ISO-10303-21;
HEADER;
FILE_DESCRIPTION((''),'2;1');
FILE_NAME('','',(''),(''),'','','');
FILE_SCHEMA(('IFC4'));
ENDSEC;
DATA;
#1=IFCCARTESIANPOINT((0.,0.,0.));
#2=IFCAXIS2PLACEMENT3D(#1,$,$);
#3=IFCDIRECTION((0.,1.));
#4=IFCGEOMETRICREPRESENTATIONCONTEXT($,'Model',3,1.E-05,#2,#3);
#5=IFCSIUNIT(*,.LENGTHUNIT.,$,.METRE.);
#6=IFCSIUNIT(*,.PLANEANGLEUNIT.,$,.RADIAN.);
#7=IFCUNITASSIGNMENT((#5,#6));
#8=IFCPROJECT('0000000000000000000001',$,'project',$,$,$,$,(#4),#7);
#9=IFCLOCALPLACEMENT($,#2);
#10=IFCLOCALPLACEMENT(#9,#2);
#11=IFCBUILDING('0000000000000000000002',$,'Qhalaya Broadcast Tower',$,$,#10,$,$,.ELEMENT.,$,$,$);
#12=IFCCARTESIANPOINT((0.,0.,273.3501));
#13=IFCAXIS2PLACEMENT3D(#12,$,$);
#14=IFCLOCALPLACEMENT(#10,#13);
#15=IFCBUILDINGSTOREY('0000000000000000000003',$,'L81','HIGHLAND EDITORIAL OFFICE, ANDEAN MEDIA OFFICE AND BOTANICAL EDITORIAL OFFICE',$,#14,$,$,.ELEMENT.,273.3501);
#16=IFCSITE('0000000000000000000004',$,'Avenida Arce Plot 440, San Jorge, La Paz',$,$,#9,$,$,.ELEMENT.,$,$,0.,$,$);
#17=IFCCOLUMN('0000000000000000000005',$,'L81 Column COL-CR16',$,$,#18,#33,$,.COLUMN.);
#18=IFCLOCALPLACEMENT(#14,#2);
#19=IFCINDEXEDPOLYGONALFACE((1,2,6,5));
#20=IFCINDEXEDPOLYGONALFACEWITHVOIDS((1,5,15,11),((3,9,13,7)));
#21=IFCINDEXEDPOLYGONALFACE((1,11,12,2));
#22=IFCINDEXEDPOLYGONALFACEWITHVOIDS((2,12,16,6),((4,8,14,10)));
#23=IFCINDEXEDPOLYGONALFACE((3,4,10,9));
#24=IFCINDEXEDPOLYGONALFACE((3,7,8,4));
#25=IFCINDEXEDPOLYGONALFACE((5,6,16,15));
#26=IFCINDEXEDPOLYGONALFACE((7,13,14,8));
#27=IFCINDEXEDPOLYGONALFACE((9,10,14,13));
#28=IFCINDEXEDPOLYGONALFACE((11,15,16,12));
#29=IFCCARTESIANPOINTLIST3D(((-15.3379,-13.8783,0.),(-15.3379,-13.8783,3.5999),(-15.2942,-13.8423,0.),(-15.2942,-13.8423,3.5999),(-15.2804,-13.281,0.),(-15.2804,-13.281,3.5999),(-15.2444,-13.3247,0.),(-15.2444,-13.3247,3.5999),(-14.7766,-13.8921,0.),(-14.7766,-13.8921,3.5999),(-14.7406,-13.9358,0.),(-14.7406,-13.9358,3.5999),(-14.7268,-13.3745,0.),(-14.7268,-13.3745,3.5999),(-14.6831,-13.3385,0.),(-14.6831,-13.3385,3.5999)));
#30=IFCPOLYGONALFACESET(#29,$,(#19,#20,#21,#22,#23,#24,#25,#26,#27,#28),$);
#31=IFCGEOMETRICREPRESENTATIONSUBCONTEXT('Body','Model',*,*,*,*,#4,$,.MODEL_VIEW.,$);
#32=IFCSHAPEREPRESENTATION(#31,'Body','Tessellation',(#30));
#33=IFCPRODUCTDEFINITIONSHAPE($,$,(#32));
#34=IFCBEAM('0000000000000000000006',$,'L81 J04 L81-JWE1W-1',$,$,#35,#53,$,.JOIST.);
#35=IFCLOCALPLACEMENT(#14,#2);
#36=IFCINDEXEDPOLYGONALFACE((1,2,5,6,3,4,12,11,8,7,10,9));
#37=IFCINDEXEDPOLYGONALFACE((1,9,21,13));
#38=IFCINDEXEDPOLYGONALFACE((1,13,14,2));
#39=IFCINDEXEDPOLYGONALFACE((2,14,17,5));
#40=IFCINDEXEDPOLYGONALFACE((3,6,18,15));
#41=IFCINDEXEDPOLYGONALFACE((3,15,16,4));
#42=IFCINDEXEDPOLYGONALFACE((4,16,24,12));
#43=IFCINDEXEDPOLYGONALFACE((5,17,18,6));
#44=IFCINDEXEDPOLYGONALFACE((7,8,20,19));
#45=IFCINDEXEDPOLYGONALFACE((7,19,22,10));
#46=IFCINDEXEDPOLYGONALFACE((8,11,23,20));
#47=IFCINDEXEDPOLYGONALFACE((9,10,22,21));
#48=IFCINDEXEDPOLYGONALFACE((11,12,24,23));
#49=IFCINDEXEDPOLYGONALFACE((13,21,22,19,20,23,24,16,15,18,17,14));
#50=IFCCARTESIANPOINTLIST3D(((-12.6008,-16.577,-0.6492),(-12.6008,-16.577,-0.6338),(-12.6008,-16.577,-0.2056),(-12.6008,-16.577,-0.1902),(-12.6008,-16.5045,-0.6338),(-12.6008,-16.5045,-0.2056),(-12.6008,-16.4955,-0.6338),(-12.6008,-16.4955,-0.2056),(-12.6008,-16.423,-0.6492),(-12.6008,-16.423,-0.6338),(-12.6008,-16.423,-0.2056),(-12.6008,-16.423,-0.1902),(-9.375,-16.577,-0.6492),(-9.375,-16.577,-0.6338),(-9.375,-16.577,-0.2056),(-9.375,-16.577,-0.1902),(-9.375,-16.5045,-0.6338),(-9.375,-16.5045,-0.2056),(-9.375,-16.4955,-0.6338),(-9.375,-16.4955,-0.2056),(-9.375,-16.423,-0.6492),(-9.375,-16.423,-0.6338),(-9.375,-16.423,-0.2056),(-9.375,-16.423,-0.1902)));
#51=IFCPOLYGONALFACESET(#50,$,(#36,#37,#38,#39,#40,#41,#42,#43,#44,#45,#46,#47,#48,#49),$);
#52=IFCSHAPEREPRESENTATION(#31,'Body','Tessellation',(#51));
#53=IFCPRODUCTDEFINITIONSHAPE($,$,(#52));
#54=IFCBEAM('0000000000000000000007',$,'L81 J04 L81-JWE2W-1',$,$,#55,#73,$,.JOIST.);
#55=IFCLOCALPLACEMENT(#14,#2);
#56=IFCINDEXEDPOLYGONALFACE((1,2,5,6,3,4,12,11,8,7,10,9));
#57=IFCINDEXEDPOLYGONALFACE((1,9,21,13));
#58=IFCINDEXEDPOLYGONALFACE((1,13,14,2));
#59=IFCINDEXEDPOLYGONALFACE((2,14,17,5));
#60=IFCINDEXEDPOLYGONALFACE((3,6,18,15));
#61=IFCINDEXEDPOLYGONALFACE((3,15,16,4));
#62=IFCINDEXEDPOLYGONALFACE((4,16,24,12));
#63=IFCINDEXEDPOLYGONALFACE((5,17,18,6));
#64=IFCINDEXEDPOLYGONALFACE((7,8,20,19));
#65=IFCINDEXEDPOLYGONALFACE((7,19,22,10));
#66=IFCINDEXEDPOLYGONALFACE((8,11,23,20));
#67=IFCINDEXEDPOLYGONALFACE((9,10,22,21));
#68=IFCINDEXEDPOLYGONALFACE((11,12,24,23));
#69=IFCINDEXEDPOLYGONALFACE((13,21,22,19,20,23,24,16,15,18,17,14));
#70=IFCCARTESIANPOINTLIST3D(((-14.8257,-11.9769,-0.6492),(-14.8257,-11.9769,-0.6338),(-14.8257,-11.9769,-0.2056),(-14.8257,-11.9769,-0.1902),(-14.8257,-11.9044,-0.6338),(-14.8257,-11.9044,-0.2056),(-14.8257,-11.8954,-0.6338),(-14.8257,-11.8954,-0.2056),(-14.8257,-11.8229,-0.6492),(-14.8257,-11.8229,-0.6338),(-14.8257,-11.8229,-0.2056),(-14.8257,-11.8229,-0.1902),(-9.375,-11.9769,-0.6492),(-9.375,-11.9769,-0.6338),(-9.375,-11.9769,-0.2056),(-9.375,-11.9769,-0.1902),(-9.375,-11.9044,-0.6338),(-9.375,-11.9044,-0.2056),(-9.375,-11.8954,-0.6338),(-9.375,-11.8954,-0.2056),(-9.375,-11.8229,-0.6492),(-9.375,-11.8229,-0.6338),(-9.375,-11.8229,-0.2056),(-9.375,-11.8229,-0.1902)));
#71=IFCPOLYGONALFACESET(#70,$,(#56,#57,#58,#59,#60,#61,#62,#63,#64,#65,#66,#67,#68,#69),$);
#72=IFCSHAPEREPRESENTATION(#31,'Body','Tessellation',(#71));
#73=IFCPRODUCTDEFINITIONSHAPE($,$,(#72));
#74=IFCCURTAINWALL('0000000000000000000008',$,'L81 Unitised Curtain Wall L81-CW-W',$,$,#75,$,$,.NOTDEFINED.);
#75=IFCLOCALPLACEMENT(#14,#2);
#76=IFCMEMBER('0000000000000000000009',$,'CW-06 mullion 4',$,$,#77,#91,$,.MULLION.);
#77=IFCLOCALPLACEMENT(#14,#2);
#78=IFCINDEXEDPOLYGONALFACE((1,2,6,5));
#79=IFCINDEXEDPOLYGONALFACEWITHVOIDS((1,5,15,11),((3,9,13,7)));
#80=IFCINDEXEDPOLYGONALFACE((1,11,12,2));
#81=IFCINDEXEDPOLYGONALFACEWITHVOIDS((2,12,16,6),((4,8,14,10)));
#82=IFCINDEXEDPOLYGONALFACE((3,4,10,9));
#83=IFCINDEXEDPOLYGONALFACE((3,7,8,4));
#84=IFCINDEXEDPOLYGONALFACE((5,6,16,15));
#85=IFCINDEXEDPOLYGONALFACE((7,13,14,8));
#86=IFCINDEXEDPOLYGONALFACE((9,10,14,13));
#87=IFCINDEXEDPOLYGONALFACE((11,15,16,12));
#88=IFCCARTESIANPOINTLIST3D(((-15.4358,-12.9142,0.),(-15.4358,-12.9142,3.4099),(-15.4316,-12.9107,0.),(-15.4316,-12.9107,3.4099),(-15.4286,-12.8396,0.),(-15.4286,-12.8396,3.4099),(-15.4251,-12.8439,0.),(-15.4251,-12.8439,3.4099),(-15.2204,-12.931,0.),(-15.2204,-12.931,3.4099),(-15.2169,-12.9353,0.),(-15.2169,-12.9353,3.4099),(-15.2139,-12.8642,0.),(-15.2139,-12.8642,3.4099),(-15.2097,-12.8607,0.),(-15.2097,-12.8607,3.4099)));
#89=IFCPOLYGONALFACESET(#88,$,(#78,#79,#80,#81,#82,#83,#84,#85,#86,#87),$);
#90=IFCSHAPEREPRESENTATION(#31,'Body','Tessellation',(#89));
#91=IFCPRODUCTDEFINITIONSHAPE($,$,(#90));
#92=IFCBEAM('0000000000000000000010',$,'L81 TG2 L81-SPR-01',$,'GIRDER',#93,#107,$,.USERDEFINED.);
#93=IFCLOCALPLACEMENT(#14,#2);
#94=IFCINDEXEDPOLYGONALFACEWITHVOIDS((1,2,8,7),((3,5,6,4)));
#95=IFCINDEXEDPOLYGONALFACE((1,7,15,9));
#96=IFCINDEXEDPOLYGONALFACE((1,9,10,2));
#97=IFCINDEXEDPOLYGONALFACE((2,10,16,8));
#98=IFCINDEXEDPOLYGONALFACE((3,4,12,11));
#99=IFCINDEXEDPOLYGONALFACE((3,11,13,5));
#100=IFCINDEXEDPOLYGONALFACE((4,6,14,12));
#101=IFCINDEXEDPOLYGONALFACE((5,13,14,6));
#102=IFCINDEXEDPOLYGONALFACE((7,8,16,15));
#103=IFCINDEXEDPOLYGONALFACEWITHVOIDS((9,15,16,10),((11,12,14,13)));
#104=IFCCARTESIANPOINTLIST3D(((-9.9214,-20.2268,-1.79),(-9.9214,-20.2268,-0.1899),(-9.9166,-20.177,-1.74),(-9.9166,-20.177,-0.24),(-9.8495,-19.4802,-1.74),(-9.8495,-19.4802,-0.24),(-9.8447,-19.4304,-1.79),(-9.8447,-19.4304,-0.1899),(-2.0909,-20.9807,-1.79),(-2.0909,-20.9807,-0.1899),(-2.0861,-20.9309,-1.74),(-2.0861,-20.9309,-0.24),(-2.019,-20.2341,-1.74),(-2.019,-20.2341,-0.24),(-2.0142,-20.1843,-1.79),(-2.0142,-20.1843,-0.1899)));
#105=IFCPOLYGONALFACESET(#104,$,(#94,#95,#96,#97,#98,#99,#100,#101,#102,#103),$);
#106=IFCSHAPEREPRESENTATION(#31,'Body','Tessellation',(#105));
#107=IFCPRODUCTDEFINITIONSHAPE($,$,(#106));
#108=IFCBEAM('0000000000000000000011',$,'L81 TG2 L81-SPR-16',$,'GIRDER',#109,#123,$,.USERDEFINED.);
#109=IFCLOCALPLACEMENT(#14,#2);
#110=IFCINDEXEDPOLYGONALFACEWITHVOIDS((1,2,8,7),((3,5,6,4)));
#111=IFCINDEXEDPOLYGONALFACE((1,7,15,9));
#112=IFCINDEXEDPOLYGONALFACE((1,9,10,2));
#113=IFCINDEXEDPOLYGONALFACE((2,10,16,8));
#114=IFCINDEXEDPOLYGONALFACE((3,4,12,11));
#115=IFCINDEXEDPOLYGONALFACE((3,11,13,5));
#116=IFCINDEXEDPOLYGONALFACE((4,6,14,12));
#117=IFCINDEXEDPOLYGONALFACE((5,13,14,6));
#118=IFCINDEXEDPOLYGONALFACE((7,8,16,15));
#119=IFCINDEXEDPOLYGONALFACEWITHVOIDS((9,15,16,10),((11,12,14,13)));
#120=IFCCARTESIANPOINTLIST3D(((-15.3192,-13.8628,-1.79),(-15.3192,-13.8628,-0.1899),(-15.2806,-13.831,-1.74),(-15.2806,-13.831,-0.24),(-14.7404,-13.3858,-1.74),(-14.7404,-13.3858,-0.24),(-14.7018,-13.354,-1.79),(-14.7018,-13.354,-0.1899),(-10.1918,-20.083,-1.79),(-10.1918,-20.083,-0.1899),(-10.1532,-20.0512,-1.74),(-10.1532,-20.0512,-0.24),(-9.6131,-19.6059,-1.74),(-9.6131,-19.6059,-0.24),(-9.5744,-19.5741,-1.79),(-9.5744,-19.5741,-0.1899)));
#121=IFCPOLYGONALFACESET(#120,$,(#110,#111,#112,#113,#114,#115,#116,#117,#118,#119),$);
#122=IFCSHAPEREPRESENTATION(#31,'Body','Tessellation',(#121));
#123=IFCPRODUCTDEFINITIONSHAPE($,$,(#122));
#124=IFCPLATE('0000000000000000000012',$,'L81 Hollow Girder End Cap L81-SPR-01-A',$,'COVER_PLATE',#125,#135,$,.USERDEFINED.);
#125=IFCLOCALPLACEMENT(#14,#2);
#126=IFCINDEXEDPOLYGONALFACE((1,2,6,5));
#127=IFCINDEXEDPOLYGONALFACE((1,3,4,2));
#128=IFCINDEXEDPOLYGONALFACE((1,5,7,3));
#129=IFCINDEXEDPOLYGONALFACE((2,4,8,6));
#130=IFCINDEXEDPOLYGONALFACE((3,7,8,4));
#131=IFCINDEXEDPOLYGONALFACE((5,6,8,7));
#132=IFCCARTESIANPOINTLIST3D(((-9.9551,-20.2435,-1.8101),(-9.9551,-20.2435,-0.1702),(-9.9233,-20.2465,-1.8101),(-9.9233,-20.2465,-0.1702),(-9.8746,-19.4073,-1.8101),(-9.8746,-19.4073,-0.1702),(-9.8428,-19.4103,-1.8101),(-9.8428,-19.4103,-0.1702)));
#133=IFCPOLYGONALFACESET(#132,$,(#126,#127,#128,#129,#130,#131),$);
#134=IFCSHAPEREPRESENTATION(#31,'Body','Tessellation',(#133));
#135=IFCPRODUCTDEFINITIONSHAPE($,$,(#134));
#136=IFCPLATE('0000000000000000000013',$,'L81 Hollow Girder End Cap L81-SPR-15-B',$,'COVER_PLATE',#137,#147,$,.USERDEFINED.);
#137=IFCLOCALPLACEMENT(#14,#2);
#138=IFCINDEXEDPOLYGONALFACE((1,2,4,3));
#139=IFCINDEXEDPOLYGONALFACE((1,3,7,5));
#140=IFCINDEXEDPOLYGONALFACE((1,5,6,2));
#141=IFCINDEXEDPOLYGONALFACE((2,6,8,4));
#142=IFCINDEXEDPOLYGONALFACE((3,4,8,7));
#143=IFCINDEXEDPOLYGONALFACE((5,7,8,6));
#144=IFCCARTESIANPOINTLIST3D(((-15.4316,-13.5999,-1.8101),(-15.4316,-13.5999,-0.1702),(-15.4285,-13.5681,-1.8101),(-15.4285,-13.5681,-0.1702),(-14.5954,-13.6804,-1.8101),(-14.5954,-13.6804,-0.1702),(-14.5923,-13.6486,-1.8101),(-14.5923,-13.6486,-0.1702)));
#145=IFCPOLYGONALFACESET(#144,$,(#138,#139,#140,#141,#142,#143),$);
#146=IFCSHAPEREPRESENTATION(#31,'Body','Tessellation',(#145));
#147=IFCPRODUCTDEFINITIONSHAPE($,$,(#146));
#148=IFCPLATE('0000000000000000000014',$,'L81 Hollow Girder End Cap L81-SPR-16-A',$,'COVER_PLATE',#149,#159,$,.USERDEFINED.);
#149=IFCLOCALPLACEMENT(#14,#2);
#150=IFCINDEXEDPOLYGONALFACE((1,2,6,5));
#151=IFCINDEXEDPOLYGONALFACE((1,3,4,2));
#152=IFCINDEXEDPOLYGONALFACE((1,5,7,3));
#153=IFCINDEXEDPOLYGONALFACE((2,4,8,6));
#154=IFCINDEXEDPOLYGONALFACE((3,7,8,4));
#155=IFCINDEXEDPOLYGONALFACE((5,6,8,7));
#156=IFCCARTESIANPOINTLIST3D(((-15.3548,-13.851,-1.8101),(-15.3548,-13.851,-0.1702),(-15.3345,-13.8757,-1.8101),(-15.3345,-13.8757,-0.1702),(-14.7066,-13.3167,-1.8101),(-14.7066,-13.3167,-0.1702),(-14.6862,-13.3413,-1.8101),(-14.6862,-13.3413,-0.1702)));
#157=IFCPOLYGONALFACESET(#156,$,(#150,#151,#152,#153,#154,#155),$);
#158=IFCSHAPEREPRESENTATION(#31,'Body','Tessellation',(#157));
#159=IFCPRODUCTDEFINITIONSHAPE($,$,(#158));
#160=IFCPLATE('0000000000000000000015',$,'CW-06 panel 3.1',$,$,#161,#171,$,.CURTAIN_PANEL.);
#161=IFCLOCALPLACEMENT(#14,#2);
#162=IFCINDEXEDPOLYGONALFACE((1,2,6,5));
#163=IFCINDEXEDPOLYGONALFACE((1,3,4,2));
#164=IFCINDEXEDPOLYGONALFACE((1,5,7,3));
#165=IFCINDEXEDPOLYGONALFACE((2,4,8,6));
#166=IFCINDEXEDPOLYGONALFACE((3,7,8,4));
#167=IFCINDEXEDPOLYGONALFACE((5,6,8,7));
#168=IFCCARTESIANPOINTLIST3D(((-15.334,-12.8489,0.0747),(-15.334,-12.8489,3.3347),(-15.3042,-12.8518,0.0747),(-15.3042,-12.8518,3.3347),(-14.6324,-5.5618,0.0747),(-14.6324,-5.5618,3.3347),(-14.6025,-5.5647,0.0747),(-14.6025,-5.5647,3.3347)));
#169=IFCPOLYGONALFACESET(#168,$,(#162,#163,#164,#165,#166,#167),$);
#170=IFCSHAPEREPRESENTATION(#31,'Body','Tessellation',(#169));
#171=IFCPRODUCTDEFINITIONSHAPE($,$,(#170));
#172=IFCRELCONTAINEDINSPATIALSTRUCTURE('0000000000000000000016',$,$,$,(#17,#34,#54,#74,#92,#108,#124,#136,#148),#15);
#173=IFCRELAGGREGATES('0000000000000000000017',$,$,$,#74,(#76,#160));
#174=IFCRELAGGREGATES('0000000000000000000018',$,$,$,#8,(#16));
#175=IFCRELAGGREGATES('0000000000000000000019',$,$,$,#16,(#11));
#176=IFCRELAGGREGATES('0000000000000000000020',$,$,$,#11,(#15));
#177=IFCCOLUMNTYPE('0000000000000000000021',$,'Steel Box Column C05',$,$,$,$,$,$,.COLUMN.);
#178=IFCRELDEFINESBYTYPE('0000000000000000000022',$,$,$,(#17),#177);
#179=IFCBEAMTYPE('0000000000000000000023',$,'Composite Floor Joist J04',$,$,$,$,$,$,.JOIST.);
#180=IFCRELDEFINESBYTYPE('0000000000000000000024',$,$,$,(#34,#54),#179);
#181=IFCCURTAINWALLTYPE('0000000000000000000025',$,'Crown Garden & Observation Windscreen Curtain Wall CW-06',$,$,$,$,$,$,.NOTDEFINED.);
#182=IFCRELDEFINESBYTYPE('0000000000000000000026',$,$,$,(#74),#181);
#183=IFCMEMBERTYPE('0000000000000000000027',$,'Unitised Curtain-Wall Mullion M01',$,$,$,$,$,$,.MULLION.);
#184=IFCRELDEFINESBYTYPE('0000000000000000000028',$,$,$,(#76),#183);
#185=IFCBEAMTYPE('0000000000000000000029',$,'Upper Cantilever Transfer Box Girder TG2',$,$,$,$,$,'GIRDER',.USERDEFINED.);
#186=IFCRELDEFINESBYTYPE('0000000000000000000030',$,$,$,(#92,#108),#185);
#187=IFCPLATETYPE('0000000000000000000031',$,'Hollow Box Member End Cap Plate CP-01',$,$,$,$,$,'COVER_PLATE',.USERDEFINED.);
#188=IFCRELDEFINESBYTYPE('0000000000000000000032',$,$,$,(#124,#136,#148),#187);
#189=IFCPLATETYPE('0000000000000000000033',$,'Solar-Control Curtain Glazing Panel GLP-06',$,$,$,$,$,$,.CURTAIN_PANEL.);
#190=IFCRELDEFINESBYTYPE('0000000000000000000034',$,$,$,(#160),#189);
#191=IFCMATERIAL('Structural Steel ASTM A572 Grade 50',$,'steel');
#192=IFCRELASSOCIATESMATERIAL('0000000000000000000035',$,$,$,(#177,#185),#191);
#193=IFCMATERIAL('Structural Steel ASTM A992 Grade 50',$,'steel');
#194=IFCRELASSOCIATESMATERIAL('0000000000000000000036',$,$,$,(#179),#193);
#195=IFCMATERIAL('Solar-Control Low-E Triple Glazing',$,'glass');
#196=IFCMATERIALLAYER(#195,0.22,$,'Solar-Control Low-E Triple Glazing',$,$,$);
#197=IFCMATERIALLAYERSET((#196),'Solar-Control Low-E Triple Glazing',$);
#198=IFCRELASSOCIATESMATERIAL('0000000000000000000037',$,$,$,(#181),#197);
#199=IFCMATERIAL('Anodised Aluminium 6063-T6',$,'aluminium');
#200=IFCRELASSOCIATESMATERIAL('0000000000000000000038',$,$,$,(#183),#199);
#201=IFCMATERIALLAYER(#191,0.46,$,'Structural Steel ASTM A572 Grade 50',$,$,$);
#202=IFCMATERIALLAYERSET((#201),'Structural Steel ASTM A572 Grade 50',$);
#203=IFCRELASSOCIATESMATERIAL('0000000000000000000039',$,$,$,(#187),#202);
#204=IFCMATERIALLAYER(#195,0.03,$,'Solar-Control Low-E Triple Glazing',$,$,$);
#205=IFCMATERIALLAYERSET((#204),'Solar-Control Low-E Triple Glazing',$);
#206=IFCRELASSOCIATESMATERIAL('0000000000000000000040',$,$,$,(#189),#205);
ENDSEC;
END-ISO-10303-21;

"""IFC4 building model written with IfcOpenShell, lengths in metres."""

from ifc_helpers import new_model, si_unit, direction, frame, origin, origin_2d, place, context, subcontext, project, spatial, rectangle, hollow_rectangle, i_section, extrude, material, layer, layer_set, material_profile, profile_set, type_object, element, aggregate, save


model = new_model("IFC4")

# Units and contexts
model_context = context("Model", 3, precision=1e-05, world=origin(), true_north=direction((0.0, 1.0)))
body_context = subcontext(model_context, "Body", "Model", "MODEL_VIEW")
ifc_project = project(units=[si_unit("LENGTHUNIT", "METRE"), si_unit("PLANEANGLEUNIT", "RADIAN")], contexts=[model_context])

# Site, building, storey
site_placement = place(None, origin())
site = spatial("IfcSite", under=ifc_project, at=site_placement, Name="Avenida Arce Plot 440, San Jorge, La Paz", CompositionType="ELEMENT", RefElevation=0.0)
building_placement = place(site_placement, origin())
building = spatial("IfcBuilding", under=site, at=building_placement, Name="Qhalaya Broadcast Tower", CompositionType="ELEMENT")
storey_placement = place(building_placement, frame((0.0, 0.0, 273.3501)))
storey = spatial("IfcBuildingStorey", under=building, at=storey_placement, Name="L81", Description="HIGHLAND EDITORIAL OFFICE, ANDEAN MEDIA OFFICE AND BOTANICAL EDITORIAL OFFICE", CompositionType="ELEMENT", Elevation=273.3501)

# Column
ifc_material_1 = material(Name="Structural Steel ASTM A572 Grade 50", Category="steel")
ifc_material_profile_1 = material_profile(ifc_material_1, hollow_rectangle(XDim=0.6001, YDim=0.6001, WallThickness=0.04, at=origin_2d()), Name="BOX 600x600x40")
ifc_profile_set_1 = profile_set([ifc_material_profile_1], Name="Structural Steel ASTM A572 Grade 50")
column_type = type_object("IfcColumnType", Name="Steel Box Column C05", PredefinedType="COLUMN", material=ifc_profile_set_1)
column_placement = place(storey_placement, frame((-15.0105, -13.6084, 0.0), z_axis=(0.0, 0.0, 1.0), x_axis=(0.095846, 0.995396, 0.0)))
element("IfcColumn", 1, at=column_placement, inside=storey, type_object=column_type, Name="L81 Column COL-CR16", PredefinedType="COLUMN", context=body_context, shape_type="SweptSolid", body=[
    extrude(hollow_rectangle(XDim=0.6001, YDim=0.6001, WallThickness=0.04, at=origin_2d()), origin(), (0.0, 0.0, 1.0), 3.5999),
])

# Beams
ifc_material_2 = material(Name="Structural Steel ASTM A992 Grade 50", Category="steel")
ifc_material_profile_2 = material_profile(ifc_material_2, i_section(OverallWidth=0.1541, OverallDepth=0.459, WebThickness=0.009, FlangeThickness=0.0154, at=origin_2d()), Name="W18X46")
ifc_profile_set_2 = profile_set([ifc_material_profile_2], Name="Structural Steel ASTM A992 Grade 50")
beam_type_1 = type_object("IfcBeamType", Name="Composite Floor Joist J04", PredefinedType="JOIST", material=ifc_profile_set_2)
beam_1_placement = place(storey_placement, frame((-12.6008, -16.5, -0.4197), z_axis=(1.0, 0.0, 0.0), x_axis=(0.0, 1.0, 0.0)))
element("IfcBeam", 2, at=beam_1_placement, inside=storey, type_object=beam_type_1, Name="L81 J04 L81-JWE1W-1", PredefinedType="JOIST", context=body_context, shape_type="SweptSolid", body=[
    extrude(i_section(OverallWidth=0.1541, OverallDepth=0.459, WebThickness=0.009, FlangeThickness=0.0154, at=origin_2d()), origin(), (0.0, 0.0, 1.0), 3.2258),
])
beam_2_placement = place(storey_placement, frame((-14.8257, -11.8999, -0.4197), z_axis=(1.0, 0.0, 0.0), x_axis=(0.0, 1.0, 0.0)))
element("IfcBeam", 3, at=beam_2_placement, inside=storey, type_object=beam_type_1, Name="L81 J04 L81-JWE2W-1", PredefinedType="JOIST", context=body_context, shape_type="SweptSolid", body=[
    extrude(i_section(OverallWidth=0.1541, OverallDepth=0.459, WebThickness=0.009, FlangeThickness=0.0154, at=origin_2d()), origin(), (0.0, 0.0, 1.0), 5.4507),
])

# Curtain wall, member
ifc_material_3 = material(Name="Solar-Control Low-E Triple Glazing", Category="glass")
ifc_layer_1 = layer(ifc_material_3, 0.22, Name="Solar-Control Low-E Triple Glazing")
ifc_layer_set_1 = layer_set([ifc_layer_1], Name="Solar-Control Low-E Triple Glazing")
curtain_wall_type = type_object("IfcCurtainWallType", Name="Crown Garden & Observation Windscreen Curtain Wall CW-06", PredefinedType="NOTDEFINED", material=ifc_layer_set_1)
curtain_wall_placement = place(storey_placement, origin())
curtain_wall = element("IfcCurtainWall", 4, at=curtain_wall_placement, inside=storey, type_object=curtain_wall_type, Name="L81 Unitised Curtain Wall L81-CW-W", PredefinedType="NOTDEFINED")
ifc_material_4 = material(Name="Anodised Aluminium 6063-T6", Category="aluminium")
ifc_material_profile_3 = material_profile(ifc_material_4, hollow_rectangle(XDim=0.075, YDim=0.22, WallThickness=0.0039, at=origin_2d()), Name="ALU-MUL 75x220x4")
ifc_profile_set_3 = profile_set([ifc_material_profile_3], Name="Anodised Aluminium 6063-T6")
member_type = type_object("IfcMemberType", Name="Unitised Curtain-Wall Mullion M01", PredefinedType="MULLION", material=ifc_profile_set_3)
member_placement = place(storey_placement, frame((-15.3228, -12.8875, 0.0), z_axis=(0.0, 0.0, 1.0), x_axis=(-0.095848, -0.995396, 0.0)))
member = element("IfcMember", 5, at=member_placement, type_object=member_type, Name="CW-06 mullion 4", PredefinedType="MULLION", context=body_context, shape_type="SweptSolid", body=[
    extrude(hollow_rectangle(XDim=0.075, YDim=0.22, WallThickness=0.0039, at=origin_2d()), origin(), (0.0, 0.0, 1.0), 3.4099),
])

# Beams
ifc_material_profile_4 = material_profile(ifc_material_1, hollow_rectangle(XDim=0.8, YDim=1.6001, WallThickness=0.05, at=origin_2d()), Name="BOX 800x1600x50")
ifc_profile_set_4 = profile_set([ifc_material_profile_4], Name="Structural Steel ASTM A572 Grade 50")
beam_type_2 = type_object("IfcBeamType", Name="Upper Cantilever Transfer Box Girder TG2", ElementType="GIRDER", PredefinedType="USERDEFINED", material=ifc_profile_set_4)
beam_3_placement = place(storey_placement, frame((-9.8831, -19.8286, -0.99), z_axis=(0.995397, -0.095834, 0.0), x_axis=(0.095834, 0.995397, 0.0)))
element("IfcBeam", 6, at=beam_3_placement, inside=storey, type_object=beam_type_2, Name="L81 TG2 L81-SPR-01", ObjectType="GIRDER", PredefinedType="USERDEFINED", context=body_context, shape_type="SweptSolid", body=[
    extrude(hollow_rectangle(XDim=0.8, YDim=1.6001, WallThickness=0.05, at=origin_2d()), origin(), (0.0, 0.0, 1.0), 7.8667),
])
beam_4_placement = place(storey_placement, frame((-15.0105, -13.6084, -0.99), z_axis=(0.63607, -0.771631, 0.0), x_axis=(0.771631, 0.63607, 0.0)))
element("IfcBeam", 7, at=beam_4_placement, inside=storey, type_object=beam_type_2, Name="L81 TG2 L81-SPR-16", ObjectType="GIRDER", PredefinedType="USERDEFINED", context=body_context, shape_type="SweptSolid", body=[
    extrude(hollow_rectangle(XDim=0.8, YDim=1.6001, WallThickness=0.05, at=origin_2d()), origin(), (0.0, 0.0, 1.0), 8.061),
])

# Plates
ifc_layer_2 = layer(ifc_material_1, 0.46, Name="Structural Steel ASTM A572 Grade 50")
ifc_layer_set_2 = layer_set([ifc_layer_2], Name="Structural Steel ASTM A572 Grade 50")
plate_type_1 = type_object("IfcPlateType", Name="Hollow Box Member End Cap Plate CP-01", ElementType="COVER_PLATE", PredefinedType="USERDEFINED", material=ifc_layer_set_2)
for number, where, z_axis, x_axis, name in (
    (8, (-9.8989, -19.8269, -1.8101), (0.0, 0.0, 1.0), (0.095828, 0.995398, 0.0), "L81 Hollow Girder End Cap L81-SPR-01-A"),
    (9, (-15.012, -13.6243, -1.8101), (0.0, 0.0, 1.0), (0.995396, -0.095846, 0.0), "L81 Hollow Girder End Cap L81-SPR-15-B"),
    (10, (-15.0205, -13.5962, -1.8101), (0.0, 0.0, 1.0), (0.771625, 0.636078, 0.0), "L81 Hollow Girder End Cap L81-SPR-16-A"),
):
    element("IfcPlate", number, at=place(storey_placement, frame(where, z_axis=z_axis, x_axis=x_axis)), inside=storey, type_object=plate_type_1, Name=name, ObjectType="COVER_PLATE", PredefinedType="USERDEFINED", context=body_context, shape_type="SweptSolid", body=[
        extrude(rectangle(XDim=0.8401, YDim=0.032, at=origin_2d()), origin(), (0.0, 0.0, 1.0), 1.6399),
    ])

# Plate
ifc_layer_3 = layer(ifc_material_3, 0.03, Name="Solar-Control Low-E Triple Glazing")
ifc_layer_set_3 = layer_set([ifc_layer_3], Name="Solar-Control Low-E Triple Glazing")
plate_type_2 = type_object("IfcPlateType", Name="Solar-Control Curtain Glazing Panel GLP-06", PredefinedType="CURTAIN_PANEL", material=ifc_layer_set_3)
plate_placement = place(storey_placement, frame((-14.9683, -9.2068, 0.0747), z_axis=(0.0, 0.0, 1.0), x_axis=(-0.095848, -0.995396, 0.0)))
plate = element("IfcPlate", 11, at=plate_placement, type_object=plate_type_2, Name="CW-06 panel 3.1", PredefinedType="CURTAIN_PANEL", context=body_context, shape_type="SweptSolid", body=[
    extrude(rectangle(XDim=7.3208, YDim=0.03, at=origin_2d()), origin(), (0.0, 0.0, 1.0), 3.26),
])
aggregate(curtain_wall, [member, plate])

save(model, "model.ifc")
